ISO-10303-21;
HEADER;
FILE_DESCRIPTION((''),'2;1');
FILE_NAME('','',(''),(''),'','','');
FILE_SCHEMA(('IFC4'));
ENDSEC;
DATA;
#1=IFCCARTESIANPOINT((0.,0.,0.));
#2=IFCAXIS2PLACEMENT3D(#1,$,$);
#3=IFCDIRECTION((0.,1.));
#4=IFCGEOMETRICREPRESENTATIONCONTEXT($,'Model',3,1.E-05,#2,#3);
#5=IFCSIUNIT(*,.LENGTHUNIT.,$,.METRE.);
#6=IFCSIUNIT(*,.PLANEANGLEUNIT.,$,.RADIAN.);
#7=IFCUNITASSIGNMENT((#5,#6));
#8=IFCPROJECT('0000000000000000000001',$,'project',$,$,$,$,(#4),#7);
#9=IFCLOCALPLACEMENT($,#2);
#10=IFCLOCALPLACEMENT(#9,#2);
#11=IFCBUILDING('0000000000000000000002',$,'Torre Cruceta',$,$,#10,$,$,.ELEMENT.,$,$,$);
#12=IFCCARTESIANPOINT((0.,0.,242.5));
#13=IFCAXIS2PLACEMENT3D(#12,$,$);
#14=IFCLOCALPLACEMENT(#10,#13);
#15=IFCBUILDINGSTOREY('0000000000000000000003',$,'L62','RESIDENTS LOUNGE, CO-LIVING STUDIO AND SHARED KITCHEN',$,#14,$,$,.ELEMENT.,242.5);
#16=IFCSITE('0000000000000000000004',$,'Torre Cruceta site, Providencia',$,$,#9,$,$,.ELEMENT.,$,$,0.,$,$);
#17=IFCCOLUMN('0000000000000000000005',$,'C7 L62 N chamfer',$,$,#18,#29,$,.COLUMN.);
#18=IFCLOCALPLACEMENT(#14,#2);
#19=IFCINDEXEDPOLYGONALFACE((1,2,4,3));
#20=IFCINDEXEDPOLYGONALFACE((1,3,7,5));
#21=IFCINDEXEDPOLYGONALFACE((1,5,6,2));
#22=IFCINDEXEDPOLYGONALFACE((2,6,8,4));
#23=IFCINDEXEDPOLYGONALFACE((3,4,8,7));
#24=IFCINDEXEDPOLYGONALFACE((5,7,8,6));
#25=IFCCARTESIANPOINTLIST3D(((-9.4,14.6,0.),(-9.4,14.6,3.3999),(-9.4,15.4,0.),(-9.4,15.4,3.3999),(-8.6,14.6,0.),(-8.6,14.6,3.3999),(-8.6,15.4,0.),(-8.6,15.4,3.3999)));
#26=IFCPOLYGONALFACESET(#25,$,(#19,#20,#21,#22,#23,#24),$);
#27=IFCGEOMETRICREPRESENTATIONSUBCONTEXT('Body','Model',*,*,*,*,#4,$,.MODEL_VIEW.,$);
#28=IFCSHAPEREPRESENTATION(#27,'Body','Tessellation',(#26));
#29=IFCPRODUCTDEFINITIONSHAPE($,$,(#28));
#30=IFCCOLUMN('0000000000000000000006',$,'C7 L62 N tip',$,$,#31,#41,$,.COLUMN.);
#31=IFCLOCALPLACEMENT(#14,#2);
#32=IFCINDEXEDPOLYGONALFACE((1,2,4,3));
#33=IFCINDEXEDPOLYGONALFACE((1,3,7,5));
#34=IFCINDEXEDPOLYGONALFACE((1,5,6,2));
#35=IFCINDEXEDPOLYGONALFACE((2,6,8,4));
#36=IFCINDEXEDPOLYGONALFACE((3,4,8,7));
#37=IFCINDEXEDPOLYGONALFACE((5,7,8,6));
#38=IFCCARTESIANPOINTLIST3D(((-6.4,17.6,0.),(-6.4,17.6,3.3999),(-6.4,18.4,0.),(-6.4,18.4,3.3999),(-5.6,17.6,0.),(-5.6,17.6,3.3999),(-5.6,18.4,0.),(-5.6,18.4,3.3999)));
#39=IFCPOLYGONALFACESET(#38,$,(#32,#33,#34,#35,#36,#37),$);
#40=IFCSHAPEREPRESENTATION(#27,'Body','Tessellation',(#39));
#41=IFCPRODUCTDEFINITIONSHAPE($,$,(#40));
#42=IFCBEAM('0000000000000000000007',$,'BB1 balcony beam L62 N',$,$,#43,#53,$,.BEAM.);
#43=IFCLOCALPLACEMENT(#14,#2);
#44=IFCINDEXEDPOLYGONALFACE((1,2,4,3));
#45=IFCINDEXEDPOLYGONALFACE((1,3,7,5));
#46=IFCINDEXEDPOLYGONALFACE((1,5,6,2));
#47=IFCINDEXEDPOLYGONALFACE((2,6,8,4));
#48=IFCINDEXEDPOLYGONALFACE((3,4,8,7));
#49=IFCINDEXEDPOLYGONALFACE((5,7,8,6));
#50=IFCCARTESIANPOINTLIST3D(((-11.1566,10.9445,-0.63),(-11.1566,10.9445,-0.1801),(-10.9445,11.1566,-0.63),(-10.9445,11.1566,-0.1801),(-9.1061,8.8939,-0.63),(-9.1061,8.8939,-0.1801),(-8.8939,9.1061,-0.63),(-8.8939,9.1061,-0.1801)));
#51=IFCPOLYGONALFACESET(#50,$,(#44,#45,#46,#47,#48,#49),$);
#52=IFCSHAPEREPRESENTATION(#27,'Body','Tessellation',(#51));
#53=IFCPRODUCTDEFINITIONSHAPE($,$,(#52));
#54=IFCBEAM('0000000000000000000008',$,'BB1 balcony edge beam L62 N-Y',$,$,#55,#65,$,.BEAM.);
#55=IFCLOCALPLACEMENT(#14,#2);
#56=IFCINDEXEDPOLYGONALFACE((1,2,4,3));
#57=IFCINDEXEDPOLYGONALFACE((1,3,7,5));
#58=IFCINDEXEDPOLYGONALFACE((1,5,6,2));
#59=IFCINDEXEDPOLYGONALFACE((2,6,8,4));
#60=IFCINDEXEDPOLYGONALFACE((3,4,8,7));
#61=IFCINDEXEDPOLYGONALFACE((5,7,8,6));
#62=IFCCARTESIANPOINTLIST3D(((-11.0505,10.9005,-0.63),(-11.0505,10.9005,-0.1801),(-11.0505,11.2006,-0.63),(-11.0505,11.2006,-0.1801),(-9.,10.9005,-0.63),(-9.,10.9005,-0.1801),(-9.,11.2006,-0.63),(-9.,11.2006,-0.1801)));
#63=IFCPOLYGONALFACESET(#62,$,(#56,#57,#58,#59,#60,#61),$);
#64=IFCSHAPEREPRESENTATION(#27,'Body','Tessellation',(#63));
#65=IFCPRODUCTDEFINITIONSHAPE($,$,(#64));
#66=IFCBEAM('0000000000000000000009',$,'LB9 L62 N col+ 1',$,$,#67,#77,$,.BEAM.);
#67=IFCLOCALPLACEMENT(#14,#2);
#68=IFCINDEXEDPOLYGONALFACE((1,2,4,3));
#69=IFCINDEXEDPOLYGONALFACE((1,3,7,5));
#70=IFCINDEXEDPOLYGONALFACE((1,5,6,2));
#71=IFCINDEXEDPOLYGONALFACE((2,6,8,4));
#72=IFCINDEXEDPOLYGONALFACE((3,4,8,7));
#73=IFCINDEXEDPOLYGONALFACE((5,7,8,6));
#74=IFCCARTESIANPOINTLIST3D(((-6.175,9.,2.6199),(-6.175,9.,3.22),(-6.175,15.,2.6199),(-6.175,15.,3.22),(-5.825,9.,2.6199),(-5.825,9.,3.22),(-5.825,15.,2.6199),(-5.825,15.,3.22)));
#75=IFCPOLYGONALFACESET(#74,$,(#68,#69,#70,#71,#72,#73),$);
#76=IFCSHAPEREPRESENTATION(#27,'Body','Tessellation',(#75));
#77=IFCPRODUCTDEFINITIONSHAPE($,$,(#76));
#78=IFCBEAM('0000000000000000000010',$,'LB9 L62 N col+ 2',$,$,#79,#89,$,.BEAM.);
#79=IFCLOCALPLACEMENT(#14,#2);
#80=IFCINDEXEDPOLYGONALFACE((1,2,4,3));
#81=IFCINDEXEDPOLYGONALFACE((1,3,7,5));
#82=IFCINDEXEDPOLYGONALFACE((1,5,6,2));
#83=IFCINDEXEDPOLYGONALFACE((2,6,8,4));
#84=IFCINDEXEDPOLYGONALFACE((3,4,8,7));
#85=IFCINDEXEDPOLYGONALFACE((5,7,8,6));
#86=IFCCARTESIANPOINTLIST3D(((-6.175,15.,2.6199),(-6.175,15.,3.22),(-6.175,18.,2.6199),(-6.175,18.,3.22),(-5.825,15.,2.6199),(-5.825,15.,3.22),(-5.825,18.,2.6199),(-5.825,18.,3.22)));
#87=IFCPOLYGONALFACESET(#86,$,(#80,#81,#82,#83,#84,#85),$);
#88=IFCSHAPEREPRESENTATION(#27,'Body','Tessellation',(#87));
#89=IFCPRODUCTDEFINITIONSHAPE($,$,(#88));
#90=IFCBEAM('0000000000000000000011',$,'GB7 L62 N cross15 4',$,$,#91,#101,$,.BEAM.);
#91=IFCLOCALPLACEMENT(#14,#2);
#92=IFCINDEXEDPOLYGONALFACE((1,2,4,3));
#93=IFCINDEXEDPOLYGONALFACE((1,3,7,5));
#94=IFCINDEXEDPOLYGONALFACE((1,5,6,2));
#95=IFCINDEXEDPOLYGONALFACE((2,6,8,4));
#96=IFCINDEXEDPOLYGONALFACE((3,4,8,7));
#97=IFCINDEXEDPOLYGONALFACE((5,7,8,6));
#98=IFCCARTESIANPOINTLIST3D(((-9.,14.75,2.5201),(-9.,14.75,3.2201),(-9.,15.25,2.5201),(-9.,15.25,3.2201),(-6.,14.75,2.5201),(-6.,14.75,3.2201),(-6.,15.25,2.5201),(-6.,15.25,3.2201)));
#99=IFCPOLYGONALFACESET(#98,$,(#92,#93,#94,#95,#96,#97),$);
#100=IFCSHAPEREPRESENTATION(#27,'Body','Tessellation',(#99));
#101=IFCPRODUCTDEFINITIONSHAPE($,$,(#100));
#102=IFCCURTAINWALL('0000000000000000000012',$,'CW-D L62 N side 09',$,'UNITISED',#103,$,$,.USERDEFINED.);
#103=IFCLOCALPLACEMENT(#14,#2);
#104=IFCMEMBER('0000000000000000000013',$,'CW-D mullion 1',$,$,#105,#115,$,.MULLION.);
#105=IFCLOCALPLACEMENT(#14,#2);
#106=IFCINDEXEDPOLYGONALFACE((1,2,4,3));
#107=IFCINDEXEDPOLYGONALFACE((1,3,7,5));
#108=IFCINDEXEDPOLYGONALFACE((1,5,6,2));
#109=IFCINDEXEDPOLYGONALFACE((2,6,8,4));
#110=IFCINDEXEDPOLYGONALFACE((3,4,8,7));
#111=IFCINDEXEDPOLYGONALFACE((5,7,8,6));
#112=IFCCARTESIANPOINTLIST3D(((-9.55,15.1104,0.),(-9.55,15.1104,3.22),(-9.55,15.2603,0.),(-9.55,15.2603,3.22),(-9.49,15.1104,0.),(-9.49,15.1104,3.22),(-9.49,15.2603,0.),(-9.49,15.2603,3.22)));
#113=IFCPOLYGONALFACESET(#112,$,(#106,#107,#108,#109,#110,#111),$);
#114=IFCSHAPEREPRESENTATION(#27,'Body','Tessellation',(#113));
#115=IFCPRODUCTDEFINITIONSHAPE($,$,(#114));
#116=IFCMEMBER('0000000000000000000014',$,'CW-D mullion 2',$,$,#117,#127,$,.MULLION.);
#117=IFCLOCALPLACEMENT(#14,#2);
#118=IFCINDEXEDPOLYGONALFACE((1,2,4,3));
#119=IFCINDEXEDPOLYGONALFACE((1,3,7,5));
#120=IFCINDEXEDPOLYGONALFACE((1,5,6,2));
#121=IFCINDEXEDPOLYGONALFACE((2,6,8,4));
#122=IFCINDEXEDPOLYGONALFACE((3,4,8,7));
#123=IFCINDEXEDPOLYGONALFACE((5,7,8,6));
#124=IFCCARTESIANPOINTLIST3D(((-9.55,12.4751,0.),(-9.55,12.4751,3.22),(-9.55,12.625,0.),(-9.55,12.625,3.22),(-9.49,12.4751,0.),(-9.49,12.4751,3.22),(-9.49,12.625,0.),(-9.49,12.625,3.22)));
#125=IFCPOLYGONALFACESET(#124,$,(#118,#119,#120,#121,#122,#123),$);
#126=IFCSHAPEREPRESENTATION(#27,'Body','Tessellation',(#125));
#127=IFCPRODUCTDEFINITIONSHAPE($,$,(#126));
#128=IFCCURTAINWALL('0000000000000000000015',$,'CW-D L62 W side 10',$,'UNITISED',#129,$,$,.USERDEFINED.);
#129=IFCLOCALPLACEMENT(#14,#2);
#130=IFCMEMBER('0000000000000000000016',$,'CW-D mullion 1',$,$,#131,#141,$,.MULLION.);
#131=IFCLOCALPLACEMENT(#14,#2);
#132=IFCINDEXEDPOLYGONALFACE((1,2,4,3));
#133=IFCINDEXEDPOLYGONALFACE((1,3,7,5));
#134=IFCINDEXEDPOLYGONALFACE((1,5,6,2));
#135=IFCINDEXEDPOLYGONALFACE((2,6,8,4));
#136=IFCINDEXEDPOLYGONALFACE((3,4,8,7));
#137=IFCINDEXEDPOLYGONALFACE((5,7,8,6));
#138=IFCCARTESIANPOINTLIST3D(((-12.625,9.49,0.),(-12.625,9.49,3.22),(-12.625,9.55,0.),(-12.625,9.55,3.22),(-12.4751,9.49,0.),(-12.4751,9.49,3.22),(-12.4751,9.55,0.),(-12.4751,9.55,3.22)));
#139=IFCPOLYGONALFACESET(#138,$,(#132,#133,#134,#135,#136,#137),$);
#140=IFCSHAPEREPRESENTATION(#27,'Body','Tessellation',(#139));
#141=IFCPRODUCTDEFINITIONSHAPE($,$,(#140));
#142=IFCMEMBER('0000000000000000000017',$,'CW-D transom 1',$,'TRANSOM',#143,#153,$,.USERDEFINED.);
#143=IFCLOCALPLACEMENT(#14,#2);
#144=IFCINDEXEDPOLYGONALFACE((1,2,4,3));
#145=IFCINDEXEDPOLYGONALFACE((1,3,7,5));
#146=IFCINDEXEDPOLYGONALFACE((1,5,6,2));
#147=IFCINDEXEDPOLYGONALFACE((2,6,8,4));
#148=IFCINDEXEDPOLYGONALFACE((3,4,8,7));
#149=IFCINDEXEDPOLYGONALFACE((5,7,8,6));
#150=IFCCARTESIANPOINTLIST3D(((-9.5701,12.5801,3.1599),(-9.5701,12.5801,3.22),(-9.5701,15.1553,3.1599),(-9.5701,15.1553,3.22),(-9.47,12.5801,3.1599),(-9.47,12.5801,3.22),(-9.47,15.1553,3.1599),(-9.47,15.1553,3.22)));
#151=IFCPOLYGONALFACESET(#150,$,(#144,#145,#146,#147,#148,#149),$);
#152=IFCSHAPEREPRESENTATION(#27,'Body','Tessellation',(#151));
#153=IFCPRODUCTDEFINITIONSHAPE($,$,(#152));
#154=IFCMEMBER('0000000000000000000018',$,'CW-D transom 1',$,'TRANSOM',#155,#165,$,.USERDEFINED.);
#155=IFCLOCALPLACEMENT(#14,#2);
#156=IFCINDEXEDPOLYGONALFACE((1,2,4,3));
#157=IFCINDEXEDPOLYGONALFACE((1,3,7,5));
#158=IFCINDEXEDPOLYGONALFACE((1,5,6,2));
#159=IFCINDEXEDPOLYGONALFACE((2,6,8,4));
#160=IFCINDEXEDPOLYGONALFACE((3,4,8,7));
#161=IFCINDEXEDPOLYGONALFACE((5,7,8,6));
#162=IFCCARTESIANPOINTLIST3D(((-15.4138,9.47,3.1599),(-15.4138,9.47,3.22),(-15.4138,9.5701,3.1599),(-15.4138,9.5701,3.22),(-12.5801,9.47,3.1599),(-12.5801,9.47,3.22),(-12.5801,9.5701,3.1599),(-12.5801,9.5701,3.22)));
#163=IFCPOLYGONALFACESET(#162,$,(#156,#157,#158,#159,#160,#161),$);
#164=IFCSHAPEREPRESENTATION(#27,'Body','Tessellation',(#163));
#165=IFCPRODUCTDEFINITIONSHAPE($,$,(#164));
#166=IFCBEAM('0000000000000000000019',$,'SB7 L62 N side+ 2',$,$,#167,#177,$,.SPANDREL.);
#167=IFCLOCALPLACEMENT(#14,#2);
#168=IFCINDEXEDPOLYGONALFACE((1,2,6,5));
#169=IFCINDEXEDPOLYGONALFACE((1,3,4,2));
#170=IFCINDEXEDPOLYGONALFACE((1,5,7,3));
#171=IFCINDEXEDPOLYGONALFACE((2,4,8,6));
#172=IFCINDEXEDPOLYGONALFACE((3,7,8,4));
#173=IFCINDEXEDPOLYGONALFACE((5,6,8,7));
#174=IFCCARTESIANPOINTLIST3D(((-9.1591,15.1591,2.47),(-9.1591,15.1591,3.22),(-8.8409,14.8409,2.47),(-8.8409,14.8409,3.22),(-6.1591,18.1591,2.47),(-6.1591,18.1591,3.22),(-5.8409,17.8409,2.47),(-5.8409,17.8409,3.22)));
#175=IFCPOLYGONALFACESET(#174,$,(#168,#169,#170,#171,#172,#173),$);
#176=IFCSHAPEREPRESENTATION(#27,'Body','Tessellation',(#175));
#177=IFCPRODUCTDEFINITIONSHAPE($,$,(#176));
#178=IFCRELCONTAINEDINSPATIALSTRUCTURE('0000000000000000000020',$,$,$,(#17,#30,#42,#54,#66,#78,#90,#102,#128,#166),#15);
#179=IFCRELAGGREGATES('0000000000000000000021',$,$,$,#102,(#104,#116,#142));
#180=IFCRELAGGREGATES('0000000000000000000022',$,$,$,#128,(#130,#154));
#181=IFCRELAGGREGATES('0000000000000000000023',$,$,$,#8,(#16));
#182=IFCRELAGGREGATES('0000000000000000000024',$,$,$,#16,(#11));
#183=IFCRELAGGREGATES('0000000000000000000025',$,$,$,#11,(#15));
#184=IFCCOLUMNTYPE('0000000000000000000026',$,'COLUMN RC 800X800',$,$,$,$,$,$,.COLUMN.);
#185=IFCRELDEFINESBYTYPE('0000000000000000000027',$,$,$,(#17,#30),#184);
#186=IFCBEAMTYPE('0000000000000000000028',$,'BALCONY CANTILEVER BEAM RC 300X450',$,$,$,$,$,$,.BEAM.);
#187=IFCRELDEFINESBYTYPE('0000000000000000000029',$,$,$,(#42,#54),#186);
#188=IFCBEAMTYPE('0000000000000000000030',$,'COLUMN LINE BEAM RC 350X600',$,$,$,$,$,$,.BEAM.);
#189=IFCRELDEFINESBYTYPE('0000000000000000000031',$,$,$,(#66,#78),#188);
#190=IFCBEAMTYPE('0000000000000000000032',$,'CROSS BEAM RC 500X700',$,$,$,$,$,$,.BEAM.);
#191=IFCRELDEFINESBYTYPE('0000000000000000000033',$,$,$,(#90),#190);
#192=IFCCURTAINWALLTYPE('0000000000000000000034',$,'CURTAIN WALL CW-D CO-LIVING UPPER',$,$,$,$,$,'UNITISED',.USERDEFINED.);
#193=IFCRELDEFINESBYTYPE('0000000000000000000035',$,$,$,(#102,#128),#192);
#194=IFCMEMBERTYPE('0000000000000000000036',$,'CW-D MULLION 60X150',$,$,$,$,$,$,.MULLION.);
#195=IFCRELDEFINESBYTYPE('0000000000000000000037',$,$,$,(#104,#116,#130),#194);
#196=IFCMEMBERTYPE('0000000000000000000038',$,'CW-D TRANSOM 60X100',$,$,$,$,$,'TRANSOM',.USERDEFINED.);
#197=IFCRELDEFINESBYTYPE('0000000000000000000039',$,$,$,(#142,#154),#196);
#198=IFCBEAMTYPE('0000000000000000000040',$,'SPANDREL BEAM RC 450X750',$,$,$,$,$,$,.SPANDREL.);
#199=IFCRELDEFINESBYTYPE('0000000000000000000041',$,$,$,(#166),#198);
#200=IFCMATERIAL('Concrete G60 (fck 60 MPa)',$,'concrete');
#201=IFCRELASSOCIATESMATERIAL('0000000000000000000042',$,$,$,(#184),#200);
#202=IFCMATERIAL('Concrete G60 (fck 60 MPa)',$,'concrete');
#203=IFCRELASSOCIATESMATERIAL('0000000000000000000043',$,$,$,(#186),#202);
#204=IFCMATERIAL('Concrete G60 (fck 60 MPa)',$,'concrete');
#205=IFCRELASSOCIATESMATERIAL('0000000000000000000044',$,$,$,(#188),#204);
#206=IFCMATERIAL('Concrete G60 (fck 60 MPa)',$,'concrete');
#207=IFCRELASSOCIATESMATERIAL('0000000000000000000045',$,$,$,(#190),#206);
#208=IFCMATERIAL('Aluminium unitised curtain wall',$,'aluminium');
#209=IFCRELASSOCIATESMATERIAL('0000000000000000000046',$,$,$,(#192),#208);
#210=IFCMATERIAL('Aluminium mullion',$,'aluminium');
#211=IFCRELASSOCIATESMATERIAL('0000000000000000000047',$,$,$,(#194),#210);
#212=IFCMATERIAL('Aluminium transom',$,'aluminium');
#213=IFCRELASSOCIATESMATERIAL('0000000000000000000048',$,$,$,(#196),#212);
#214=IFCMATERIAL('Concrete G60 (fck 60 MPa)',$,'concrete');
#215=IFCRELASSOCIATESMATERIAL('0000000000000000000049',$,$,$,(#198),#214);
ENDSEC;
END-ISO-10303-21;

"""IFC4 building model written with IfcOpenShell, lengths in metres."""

from ifc_helpers import new_model, si_unit, direction, frame, origin, origin_2d, place, context, subcontext, project, spatial, rectangle, extrude, material, material_profile, profile_set, type_object, element, aggregate, save


model = new_model("IFC4")

# Units and contexts
model_context = context("Model", 3, precision=1e-05, world=origin(), true_north=direction((0.0, 1.0)))
body_context = subcontext(model_context, "Body", "Model", "MODEL_VIEW")
ifc_project = project(units=[si_unit("LENGTHUNIT", "METRE"), si_unit("PLANEANGLEUNIT", "RADIAN")], contexts=[model_context])

# Site, building, storey
site_placement = place(None, origin())
site = spatial("IfcSite", under=ifc_project, at=site_placement, Name="Torre Cruceta site, Providencia", CompositionType="ELEMENT", RefElevation=0.0)
building_placement = place(site_placement, origin())
building = spatial("IfcBuilding", under=site, at=building_placement, Name="Torre Cruceta", CompositionType="ELEMENT")
storey_placement = place(building_placement, frame((0.0, 0.0, 242.5)))
storey = spatial("IfcBuildingStorey", under=building, at=storey_placement, Name="L62", Description="RESIDENTS LOUNGE, CO-LIVING STUDIO AND SHARED KITCHEN", CompositionType="ELEMENT", Elevation=242.5)

# Columns
ifc_material_1 = material(Name="Concrete G60 (fck 60 MPa)", Category="concrete")
ifc_material_profile_1 = material_profile(ifc_material_1, rectangle(XDim=0.8, YDim=0.8, at=origin_2d()), Name="RC 800X800")
ifc_profile_set_1 = profile_set([ifc_material_profile_1], Name="Concrete G60 (fck 60 MPa)")
column_type = type_object("IfcColumnType", Name="COLUMN RC 800X800", PredefinedType="COLUMN", material=ifc_profile_set_1)
for number, where, z_axis, x_axis, name in (
    (1, (-9.0, 15.0, 0.0), (0.0, 0.0, 1.0), (1.0, 0.0, 0.0), "C7 L62 N chamfer"),
    (2, (-6.0, 18.0, 0.0), (0.0, 0.0, 1.0), (1.0, 0.0, 0.0), "C7 L62 N tip"),
):
    element("IfcColumn", number, at=place(storey_placement, frame(where, z_axis=z_axis, x_axis=x_axis)), inside=storey, type_object=column_type, Name=name, PredefinedType="COLUMN", context=body_context, shape_type="SweptSolid", body=[
        extrude(rectangle(XDim=0.8, YDim=0.8, at=origin_2d()), origin(), (0.0, 0.0, 1.0), 3.3999),
    ])

# Beams
ifc_material_2 = material(Name="Concrete G60 (fck 60 MPa)", Category="concrete")
ifc_material_profile_2 = material_profile(ifc_material_2, rectangle(XDim=0.3, YDim=0.45, at=origin_2d()), Name="RC 300X450")
ifc_profile_set_2 = profile_set([ifc_material_profile_2], Name="Concrete G60 (fck 60 MPa)")
beam_type_1 = type_object("IfcBeamType", Name="BALCONY CANTILEVER BEAM RC 300X450", PredefinedType="BEAM", material=ifc_profile_set_2)
beam_1_placement = place(storey_placement, frame((-9.0, 9.0, -0.405), z_axis=(-0.707107, 0.707107, 0.0), x_axis=(-0.707107, -0.707107, 0.0)))
element("IfcBeam", 3, at=beam_1_placement, inside=storey, type_object=beam_type_1, Name="BB1 balcony beam L62 N", PredefinedType="BEAM", context=body_context, shape_type="SweptSolid", body=[
    extrude(rectangle(XDim=0.3, YDim=0.45, at=origin_2d()), origin(), (0.0, 0.0, 1.0), 2.8999),
])
beam_2_placement = place(storey_placement, frame((-9.0, 11.0505, -0.405), z_axis=(-1.0, 0.0, 0.0), x_axis=(0.0, -1.0, 0.0)))
element("IfcBeam", 4, at=beam_2_placement, inside=storey, type_object=beam_type_1, Name="BB1 balcony edge beam L62 N-Y", PredefinedType="BEAM", context=body_context, shape_type="SweptSolid", body=[
    extrude(rectangle(XDim=0.3, YDim=0.45, at=origin_2d()), origin(), (0.0, 0.0, 1.0), 2.0505),
])
ifc_material_3 = material(Name="Concrete G60 (fck 60 MPa)", Category="concrete")
ifc_material_profile_3 = material_profile(ifc_material_3, rectangle(XDim=0.3501, YDim=0.6001, at=origin_2d()), Name="RC 350X600")
ifc_profile_set_3 = profile_set([ifc_material_profile_3], Name="Concrete G60 (fck 60 MPa)")
beam_type_2 = type_object("IfcBeamType", Name="COLUMN LINE BEAM RC 350X600", PredefinedType="BEAM", material=ifc_profile_set_3)
beam_3_placement = place(storey_placement, frame((-6.0, 9.0, 2.9199), z_axis=(0.0, 1.0, 0.0), x_axis=(-1.0, 0.0, 0.0)))
element("IfcBeam", 5, at=beam_3_placement, inside=storey, type_object=beam_type_2, Name="LB9 L62 N col+ 1", PredefinedType="BEAM", context=body_context, shape_type="SweptSolid", body=[
    extrude(rectangle(XDim=0.3501, YDim=0.6001, at=origin_2d()), origin(), (0.0, 0.0, 1.0), 6.0),
])
beam_4_placement = place(storey_placement, frame((-6.0, 15.0, 2.9199), z_axis=(0.0, 1.0, 0.0), x_axis=(-1.0, 0.0, 0.0)))
element("IfcBeam", 6, at=beam_4_placement, inside=storey, type_object=beam_type_2, Name="LB9 L62 N col+ 2", PredefinedType="BEAM", context=body_context, shape_type="SweptSolid", body=[
    extrude(rectangle(XDim=0.3501, YDim=0.6001, at=origin_2d()), origin(), (0.0, 0.0, 1.0), 3.0),
])
ifc_material_4 = material(Name="Concrete G60 (fck 60 MPa)", Category="concrete")
ifc_material_profile_4 = material_profile(ifc_material_4, rectangle(XDim=0.5, YDim=0.7, at=origin_2d()), Name="RC 500X700")
ifc_profile_set_4 = profile_set([ifc_material_profile_4], Name="Concrete G60 (fck 60 MPa)")
beam_type_3 = type_object("IfcBeamType", Name="CROSS BEAM RC 500X700", PredefinedType="BEAM", material=ifc_profile_set_4)
beam_5_placement = place(storey_placement, frame((-6.0, 15.0, 2.8701), z_axis=(-1.0, 0.0, 0.0), x_axis=(0.0, -1.0, 0.0)))
element("IfcBeam", 7, at=beam_5_placement, inside=storey, type_object=beam_type_3, Name="GB7 L62 N cross15 4", PredefinedType="BEAM", context=body_context, shape_type="SweptSolid", body=[
    extrude(rectangle(XDim=0.5, YDim=0.7, at=origin_2d()), origin(), (0.0, 0.0, 1.0), 3.0),
])

# Curtain wall, members
ifc_material_5 = material(Name="Aluminium unitised curtain wall", Category="aluminium")
curtain_wall_type = type_object("IfcCurtainWallType", Name="CURTAIN WALL CW-D CO-LIVING UPPER", ElementType="UNITISED", PredefinedType="USERDEFINED", material=ifc_material_5)
curtain_wall_1_placement = place(storey_placement, origin())
curtain_wall_1 = element("IfcCurtainWall", 8, at=curtain_wall_1_placement, inside=storey, type_object=curtain_wall_type, Name="CW-D L62 N side 09", ObjectType="UNITISED", PredefinedType="USERDEFINED")
ifc_material_6 = material(Name="Aluminium mullion", Category="aluminium")
ifc_material_profile_5 = material_profile(ifc_material_6, rectangle(XDim=0.0601, YDim=0.1499, at=origin_2d()), Name="AL 60X150")
ifc_profile_set_5 = profile_set([ifc_material_profile_5], Name="Aluminium mullion")
member_type_1 = type_object("IfcMemberType", Name="CW-D MULLION 60X150", PredefinedType="MULLION", material=ifc_profile_set_5)
member_1_placement = place(storey_placement, frame((-9.52, 15.1853, 0.0), z_axis=(0.0, 0.0, 1.0), x_axis=(1.0, 0.0, 0.0)))
member_1 = element("IfcMember", 9, at=member_1_placement, type_object=member_type_1, Name="CW-D mullion 1", PredefinedType="MULLION", context=body_context, shape_type="SweptSolid", body=[
    extrude(rectangle(XDim=0.0601, YDim=0.1499, at=origin_2d()), origin(), (0.0, 0.0, 1.0), 3.22),
])
member_2_placement = place(storey_placement, frame((-9.52, 12.55, 0.0), z_axis=(0.0, 0.0, 1.0), x_axis=(1.0, 0.0, 0.0)))
member_2 = element("IfcMember", 10, at=member_2_placement, type_object=member_type_1, Name="CW-D mullion 2", PredefinedType="MULLION", context=body_context, shape_type="SweptSolid", body=[
    extrude(rectangle(XDim=0.0601, YDim=0.1499, at=origin_2d()), origin(), (0.0, 0.0, 1.0), 3.22),
])

# Curtain wall, member
curtain_wall_2_placement = place(storey_placement, origin())
curtain_wall_2 = element("IfcCurtainWall", 11, at=curtain_wall_2_placement, inside=storey, type_object=curtain_wall_type, Name="CW-D L62 W side 10", ObjectType="UNITISED", PredefinedType="USERDEFINED")
member_3_placement = place(storey_placement, frame((-12.55, 9.52, 0.0), z_axis=(0.0, 0.0, 1.0), x_axis=(0.0, -1.0, 0.0)))
member_3 = element("IfcMember", 12, at=member_3_placement, type_object=member_type_1, Name="CW-D mullion 1", PredefinedType="MULLION", context=body_context, shape_type="SweptSolid", body=[
    extrude(rectangle(XDim=0.0601, YDim=0.1499, at=origin_2d()), origin(), (0.0, 0.0, 1.0), 3.22),
])

# Members
ifc_material_7 = material(Name="Aluminium transom", Category="aluminium")
ifc_material_profile_6 = material_profile(ifc_material_7, rectangle(XDim=0.1001, YDim=0.0601, at=origin_2d()), Name="AL 100X60")
ifc_profile_set_6 = profile_set([ifc_material_profile_6], Name="Aluminium transom")
member_type_2 = type_object("IfcMemberType", Name="CW-D TRANSOM 60X100", ElementType="TRANSOM", PredefinedType="USERDEFINED", material=ifc_profile_set_6)
member_4_placement = place(storey_placement, frame((-9.52, 15.1553, 3.1899), z_axis=(0.0, -1.0, 0.0), x_axis=(1.0, 0.0, 0.0)))
member_4 = element("IfcMember", 13, at=member_4_placement, type_object=member_type_2, Name="CW-D transom 1", ObjectType="TRANSOM", PredefinedType="USERDEFINED", context=body_context, shape_type="SweptSolid", body=[
    extrude(rectangle(XDim=0.1001, YDim=0.0601, at=origin_2d()), origin(), (0.0, 0.0, 1.0), 2.5752),
])
member_5_placement = place(storey_placement, frame((-12.5801, 9.52, 3.1899), z_axis=(-1.0, 0.0, 0.0), x_axis=(0.0, -1.0, 0.0)))
member_5 = element("IfcMember", 14, at=member_5_placement, type_object=member_type_2, Name="CW-D transom 1", ObjectType="TRANSOM", PredefinedType="USERDEFINED", context=body_context, shape_type="SweptSolid", body=[
    extrude(rectangle(XDim=0.1001, YDim=0.0601, at=origin_2d()), origin(), (0.0, 0.0, 1.0), 2.8337),
])

# Beam
ifc_material_8 = material(Name="Concrete G60 (fck 60 MPa)", Category="concrete")
ifc_material_profile_7 = material_profile(ifc_material_8, rectangle(XDim=0.45, YDim=0.75, at=origin_2d()), Name="RC 450X750")
ifc_profile_set_7 = profile_set([ifc_material_profile_7], Name="Concrete G60 (fck 60 MPa)")
beam_type_4 = type_object("IfcBeamType", Name="SPANDREL BEAM RC 450X750", PredefinedType="SPANDREL", material=ifc_profile_set_7)
beam_6_placement = place(storey_placement, frame((-9.0, 15.0, 2.845), z_axis=(0.707107, 0.707107, 0.0), x_axis=(-0.707107, 0.707107, 0.0)))
element("IfcBeam", 15, at=beam_6_placement, inside=storey, type_object=beam_type_4, Name="SB7 L62 N side+ 2", PredefinedType="SPANDREL", context=body_context, shape_type="SweptSolid", body=[
    extrude(rectangle(XDim=0.45, YDim=0.75, at=origin_2d()), origin(), (0.0, 0.0, 1.0), 4.2427),
])

aggregate(curtain_wall_1, [member_1, member_2, member_4])
aggregate(curtain_wall_2, [member_3, member_5])

save(model, "model.ifc")
